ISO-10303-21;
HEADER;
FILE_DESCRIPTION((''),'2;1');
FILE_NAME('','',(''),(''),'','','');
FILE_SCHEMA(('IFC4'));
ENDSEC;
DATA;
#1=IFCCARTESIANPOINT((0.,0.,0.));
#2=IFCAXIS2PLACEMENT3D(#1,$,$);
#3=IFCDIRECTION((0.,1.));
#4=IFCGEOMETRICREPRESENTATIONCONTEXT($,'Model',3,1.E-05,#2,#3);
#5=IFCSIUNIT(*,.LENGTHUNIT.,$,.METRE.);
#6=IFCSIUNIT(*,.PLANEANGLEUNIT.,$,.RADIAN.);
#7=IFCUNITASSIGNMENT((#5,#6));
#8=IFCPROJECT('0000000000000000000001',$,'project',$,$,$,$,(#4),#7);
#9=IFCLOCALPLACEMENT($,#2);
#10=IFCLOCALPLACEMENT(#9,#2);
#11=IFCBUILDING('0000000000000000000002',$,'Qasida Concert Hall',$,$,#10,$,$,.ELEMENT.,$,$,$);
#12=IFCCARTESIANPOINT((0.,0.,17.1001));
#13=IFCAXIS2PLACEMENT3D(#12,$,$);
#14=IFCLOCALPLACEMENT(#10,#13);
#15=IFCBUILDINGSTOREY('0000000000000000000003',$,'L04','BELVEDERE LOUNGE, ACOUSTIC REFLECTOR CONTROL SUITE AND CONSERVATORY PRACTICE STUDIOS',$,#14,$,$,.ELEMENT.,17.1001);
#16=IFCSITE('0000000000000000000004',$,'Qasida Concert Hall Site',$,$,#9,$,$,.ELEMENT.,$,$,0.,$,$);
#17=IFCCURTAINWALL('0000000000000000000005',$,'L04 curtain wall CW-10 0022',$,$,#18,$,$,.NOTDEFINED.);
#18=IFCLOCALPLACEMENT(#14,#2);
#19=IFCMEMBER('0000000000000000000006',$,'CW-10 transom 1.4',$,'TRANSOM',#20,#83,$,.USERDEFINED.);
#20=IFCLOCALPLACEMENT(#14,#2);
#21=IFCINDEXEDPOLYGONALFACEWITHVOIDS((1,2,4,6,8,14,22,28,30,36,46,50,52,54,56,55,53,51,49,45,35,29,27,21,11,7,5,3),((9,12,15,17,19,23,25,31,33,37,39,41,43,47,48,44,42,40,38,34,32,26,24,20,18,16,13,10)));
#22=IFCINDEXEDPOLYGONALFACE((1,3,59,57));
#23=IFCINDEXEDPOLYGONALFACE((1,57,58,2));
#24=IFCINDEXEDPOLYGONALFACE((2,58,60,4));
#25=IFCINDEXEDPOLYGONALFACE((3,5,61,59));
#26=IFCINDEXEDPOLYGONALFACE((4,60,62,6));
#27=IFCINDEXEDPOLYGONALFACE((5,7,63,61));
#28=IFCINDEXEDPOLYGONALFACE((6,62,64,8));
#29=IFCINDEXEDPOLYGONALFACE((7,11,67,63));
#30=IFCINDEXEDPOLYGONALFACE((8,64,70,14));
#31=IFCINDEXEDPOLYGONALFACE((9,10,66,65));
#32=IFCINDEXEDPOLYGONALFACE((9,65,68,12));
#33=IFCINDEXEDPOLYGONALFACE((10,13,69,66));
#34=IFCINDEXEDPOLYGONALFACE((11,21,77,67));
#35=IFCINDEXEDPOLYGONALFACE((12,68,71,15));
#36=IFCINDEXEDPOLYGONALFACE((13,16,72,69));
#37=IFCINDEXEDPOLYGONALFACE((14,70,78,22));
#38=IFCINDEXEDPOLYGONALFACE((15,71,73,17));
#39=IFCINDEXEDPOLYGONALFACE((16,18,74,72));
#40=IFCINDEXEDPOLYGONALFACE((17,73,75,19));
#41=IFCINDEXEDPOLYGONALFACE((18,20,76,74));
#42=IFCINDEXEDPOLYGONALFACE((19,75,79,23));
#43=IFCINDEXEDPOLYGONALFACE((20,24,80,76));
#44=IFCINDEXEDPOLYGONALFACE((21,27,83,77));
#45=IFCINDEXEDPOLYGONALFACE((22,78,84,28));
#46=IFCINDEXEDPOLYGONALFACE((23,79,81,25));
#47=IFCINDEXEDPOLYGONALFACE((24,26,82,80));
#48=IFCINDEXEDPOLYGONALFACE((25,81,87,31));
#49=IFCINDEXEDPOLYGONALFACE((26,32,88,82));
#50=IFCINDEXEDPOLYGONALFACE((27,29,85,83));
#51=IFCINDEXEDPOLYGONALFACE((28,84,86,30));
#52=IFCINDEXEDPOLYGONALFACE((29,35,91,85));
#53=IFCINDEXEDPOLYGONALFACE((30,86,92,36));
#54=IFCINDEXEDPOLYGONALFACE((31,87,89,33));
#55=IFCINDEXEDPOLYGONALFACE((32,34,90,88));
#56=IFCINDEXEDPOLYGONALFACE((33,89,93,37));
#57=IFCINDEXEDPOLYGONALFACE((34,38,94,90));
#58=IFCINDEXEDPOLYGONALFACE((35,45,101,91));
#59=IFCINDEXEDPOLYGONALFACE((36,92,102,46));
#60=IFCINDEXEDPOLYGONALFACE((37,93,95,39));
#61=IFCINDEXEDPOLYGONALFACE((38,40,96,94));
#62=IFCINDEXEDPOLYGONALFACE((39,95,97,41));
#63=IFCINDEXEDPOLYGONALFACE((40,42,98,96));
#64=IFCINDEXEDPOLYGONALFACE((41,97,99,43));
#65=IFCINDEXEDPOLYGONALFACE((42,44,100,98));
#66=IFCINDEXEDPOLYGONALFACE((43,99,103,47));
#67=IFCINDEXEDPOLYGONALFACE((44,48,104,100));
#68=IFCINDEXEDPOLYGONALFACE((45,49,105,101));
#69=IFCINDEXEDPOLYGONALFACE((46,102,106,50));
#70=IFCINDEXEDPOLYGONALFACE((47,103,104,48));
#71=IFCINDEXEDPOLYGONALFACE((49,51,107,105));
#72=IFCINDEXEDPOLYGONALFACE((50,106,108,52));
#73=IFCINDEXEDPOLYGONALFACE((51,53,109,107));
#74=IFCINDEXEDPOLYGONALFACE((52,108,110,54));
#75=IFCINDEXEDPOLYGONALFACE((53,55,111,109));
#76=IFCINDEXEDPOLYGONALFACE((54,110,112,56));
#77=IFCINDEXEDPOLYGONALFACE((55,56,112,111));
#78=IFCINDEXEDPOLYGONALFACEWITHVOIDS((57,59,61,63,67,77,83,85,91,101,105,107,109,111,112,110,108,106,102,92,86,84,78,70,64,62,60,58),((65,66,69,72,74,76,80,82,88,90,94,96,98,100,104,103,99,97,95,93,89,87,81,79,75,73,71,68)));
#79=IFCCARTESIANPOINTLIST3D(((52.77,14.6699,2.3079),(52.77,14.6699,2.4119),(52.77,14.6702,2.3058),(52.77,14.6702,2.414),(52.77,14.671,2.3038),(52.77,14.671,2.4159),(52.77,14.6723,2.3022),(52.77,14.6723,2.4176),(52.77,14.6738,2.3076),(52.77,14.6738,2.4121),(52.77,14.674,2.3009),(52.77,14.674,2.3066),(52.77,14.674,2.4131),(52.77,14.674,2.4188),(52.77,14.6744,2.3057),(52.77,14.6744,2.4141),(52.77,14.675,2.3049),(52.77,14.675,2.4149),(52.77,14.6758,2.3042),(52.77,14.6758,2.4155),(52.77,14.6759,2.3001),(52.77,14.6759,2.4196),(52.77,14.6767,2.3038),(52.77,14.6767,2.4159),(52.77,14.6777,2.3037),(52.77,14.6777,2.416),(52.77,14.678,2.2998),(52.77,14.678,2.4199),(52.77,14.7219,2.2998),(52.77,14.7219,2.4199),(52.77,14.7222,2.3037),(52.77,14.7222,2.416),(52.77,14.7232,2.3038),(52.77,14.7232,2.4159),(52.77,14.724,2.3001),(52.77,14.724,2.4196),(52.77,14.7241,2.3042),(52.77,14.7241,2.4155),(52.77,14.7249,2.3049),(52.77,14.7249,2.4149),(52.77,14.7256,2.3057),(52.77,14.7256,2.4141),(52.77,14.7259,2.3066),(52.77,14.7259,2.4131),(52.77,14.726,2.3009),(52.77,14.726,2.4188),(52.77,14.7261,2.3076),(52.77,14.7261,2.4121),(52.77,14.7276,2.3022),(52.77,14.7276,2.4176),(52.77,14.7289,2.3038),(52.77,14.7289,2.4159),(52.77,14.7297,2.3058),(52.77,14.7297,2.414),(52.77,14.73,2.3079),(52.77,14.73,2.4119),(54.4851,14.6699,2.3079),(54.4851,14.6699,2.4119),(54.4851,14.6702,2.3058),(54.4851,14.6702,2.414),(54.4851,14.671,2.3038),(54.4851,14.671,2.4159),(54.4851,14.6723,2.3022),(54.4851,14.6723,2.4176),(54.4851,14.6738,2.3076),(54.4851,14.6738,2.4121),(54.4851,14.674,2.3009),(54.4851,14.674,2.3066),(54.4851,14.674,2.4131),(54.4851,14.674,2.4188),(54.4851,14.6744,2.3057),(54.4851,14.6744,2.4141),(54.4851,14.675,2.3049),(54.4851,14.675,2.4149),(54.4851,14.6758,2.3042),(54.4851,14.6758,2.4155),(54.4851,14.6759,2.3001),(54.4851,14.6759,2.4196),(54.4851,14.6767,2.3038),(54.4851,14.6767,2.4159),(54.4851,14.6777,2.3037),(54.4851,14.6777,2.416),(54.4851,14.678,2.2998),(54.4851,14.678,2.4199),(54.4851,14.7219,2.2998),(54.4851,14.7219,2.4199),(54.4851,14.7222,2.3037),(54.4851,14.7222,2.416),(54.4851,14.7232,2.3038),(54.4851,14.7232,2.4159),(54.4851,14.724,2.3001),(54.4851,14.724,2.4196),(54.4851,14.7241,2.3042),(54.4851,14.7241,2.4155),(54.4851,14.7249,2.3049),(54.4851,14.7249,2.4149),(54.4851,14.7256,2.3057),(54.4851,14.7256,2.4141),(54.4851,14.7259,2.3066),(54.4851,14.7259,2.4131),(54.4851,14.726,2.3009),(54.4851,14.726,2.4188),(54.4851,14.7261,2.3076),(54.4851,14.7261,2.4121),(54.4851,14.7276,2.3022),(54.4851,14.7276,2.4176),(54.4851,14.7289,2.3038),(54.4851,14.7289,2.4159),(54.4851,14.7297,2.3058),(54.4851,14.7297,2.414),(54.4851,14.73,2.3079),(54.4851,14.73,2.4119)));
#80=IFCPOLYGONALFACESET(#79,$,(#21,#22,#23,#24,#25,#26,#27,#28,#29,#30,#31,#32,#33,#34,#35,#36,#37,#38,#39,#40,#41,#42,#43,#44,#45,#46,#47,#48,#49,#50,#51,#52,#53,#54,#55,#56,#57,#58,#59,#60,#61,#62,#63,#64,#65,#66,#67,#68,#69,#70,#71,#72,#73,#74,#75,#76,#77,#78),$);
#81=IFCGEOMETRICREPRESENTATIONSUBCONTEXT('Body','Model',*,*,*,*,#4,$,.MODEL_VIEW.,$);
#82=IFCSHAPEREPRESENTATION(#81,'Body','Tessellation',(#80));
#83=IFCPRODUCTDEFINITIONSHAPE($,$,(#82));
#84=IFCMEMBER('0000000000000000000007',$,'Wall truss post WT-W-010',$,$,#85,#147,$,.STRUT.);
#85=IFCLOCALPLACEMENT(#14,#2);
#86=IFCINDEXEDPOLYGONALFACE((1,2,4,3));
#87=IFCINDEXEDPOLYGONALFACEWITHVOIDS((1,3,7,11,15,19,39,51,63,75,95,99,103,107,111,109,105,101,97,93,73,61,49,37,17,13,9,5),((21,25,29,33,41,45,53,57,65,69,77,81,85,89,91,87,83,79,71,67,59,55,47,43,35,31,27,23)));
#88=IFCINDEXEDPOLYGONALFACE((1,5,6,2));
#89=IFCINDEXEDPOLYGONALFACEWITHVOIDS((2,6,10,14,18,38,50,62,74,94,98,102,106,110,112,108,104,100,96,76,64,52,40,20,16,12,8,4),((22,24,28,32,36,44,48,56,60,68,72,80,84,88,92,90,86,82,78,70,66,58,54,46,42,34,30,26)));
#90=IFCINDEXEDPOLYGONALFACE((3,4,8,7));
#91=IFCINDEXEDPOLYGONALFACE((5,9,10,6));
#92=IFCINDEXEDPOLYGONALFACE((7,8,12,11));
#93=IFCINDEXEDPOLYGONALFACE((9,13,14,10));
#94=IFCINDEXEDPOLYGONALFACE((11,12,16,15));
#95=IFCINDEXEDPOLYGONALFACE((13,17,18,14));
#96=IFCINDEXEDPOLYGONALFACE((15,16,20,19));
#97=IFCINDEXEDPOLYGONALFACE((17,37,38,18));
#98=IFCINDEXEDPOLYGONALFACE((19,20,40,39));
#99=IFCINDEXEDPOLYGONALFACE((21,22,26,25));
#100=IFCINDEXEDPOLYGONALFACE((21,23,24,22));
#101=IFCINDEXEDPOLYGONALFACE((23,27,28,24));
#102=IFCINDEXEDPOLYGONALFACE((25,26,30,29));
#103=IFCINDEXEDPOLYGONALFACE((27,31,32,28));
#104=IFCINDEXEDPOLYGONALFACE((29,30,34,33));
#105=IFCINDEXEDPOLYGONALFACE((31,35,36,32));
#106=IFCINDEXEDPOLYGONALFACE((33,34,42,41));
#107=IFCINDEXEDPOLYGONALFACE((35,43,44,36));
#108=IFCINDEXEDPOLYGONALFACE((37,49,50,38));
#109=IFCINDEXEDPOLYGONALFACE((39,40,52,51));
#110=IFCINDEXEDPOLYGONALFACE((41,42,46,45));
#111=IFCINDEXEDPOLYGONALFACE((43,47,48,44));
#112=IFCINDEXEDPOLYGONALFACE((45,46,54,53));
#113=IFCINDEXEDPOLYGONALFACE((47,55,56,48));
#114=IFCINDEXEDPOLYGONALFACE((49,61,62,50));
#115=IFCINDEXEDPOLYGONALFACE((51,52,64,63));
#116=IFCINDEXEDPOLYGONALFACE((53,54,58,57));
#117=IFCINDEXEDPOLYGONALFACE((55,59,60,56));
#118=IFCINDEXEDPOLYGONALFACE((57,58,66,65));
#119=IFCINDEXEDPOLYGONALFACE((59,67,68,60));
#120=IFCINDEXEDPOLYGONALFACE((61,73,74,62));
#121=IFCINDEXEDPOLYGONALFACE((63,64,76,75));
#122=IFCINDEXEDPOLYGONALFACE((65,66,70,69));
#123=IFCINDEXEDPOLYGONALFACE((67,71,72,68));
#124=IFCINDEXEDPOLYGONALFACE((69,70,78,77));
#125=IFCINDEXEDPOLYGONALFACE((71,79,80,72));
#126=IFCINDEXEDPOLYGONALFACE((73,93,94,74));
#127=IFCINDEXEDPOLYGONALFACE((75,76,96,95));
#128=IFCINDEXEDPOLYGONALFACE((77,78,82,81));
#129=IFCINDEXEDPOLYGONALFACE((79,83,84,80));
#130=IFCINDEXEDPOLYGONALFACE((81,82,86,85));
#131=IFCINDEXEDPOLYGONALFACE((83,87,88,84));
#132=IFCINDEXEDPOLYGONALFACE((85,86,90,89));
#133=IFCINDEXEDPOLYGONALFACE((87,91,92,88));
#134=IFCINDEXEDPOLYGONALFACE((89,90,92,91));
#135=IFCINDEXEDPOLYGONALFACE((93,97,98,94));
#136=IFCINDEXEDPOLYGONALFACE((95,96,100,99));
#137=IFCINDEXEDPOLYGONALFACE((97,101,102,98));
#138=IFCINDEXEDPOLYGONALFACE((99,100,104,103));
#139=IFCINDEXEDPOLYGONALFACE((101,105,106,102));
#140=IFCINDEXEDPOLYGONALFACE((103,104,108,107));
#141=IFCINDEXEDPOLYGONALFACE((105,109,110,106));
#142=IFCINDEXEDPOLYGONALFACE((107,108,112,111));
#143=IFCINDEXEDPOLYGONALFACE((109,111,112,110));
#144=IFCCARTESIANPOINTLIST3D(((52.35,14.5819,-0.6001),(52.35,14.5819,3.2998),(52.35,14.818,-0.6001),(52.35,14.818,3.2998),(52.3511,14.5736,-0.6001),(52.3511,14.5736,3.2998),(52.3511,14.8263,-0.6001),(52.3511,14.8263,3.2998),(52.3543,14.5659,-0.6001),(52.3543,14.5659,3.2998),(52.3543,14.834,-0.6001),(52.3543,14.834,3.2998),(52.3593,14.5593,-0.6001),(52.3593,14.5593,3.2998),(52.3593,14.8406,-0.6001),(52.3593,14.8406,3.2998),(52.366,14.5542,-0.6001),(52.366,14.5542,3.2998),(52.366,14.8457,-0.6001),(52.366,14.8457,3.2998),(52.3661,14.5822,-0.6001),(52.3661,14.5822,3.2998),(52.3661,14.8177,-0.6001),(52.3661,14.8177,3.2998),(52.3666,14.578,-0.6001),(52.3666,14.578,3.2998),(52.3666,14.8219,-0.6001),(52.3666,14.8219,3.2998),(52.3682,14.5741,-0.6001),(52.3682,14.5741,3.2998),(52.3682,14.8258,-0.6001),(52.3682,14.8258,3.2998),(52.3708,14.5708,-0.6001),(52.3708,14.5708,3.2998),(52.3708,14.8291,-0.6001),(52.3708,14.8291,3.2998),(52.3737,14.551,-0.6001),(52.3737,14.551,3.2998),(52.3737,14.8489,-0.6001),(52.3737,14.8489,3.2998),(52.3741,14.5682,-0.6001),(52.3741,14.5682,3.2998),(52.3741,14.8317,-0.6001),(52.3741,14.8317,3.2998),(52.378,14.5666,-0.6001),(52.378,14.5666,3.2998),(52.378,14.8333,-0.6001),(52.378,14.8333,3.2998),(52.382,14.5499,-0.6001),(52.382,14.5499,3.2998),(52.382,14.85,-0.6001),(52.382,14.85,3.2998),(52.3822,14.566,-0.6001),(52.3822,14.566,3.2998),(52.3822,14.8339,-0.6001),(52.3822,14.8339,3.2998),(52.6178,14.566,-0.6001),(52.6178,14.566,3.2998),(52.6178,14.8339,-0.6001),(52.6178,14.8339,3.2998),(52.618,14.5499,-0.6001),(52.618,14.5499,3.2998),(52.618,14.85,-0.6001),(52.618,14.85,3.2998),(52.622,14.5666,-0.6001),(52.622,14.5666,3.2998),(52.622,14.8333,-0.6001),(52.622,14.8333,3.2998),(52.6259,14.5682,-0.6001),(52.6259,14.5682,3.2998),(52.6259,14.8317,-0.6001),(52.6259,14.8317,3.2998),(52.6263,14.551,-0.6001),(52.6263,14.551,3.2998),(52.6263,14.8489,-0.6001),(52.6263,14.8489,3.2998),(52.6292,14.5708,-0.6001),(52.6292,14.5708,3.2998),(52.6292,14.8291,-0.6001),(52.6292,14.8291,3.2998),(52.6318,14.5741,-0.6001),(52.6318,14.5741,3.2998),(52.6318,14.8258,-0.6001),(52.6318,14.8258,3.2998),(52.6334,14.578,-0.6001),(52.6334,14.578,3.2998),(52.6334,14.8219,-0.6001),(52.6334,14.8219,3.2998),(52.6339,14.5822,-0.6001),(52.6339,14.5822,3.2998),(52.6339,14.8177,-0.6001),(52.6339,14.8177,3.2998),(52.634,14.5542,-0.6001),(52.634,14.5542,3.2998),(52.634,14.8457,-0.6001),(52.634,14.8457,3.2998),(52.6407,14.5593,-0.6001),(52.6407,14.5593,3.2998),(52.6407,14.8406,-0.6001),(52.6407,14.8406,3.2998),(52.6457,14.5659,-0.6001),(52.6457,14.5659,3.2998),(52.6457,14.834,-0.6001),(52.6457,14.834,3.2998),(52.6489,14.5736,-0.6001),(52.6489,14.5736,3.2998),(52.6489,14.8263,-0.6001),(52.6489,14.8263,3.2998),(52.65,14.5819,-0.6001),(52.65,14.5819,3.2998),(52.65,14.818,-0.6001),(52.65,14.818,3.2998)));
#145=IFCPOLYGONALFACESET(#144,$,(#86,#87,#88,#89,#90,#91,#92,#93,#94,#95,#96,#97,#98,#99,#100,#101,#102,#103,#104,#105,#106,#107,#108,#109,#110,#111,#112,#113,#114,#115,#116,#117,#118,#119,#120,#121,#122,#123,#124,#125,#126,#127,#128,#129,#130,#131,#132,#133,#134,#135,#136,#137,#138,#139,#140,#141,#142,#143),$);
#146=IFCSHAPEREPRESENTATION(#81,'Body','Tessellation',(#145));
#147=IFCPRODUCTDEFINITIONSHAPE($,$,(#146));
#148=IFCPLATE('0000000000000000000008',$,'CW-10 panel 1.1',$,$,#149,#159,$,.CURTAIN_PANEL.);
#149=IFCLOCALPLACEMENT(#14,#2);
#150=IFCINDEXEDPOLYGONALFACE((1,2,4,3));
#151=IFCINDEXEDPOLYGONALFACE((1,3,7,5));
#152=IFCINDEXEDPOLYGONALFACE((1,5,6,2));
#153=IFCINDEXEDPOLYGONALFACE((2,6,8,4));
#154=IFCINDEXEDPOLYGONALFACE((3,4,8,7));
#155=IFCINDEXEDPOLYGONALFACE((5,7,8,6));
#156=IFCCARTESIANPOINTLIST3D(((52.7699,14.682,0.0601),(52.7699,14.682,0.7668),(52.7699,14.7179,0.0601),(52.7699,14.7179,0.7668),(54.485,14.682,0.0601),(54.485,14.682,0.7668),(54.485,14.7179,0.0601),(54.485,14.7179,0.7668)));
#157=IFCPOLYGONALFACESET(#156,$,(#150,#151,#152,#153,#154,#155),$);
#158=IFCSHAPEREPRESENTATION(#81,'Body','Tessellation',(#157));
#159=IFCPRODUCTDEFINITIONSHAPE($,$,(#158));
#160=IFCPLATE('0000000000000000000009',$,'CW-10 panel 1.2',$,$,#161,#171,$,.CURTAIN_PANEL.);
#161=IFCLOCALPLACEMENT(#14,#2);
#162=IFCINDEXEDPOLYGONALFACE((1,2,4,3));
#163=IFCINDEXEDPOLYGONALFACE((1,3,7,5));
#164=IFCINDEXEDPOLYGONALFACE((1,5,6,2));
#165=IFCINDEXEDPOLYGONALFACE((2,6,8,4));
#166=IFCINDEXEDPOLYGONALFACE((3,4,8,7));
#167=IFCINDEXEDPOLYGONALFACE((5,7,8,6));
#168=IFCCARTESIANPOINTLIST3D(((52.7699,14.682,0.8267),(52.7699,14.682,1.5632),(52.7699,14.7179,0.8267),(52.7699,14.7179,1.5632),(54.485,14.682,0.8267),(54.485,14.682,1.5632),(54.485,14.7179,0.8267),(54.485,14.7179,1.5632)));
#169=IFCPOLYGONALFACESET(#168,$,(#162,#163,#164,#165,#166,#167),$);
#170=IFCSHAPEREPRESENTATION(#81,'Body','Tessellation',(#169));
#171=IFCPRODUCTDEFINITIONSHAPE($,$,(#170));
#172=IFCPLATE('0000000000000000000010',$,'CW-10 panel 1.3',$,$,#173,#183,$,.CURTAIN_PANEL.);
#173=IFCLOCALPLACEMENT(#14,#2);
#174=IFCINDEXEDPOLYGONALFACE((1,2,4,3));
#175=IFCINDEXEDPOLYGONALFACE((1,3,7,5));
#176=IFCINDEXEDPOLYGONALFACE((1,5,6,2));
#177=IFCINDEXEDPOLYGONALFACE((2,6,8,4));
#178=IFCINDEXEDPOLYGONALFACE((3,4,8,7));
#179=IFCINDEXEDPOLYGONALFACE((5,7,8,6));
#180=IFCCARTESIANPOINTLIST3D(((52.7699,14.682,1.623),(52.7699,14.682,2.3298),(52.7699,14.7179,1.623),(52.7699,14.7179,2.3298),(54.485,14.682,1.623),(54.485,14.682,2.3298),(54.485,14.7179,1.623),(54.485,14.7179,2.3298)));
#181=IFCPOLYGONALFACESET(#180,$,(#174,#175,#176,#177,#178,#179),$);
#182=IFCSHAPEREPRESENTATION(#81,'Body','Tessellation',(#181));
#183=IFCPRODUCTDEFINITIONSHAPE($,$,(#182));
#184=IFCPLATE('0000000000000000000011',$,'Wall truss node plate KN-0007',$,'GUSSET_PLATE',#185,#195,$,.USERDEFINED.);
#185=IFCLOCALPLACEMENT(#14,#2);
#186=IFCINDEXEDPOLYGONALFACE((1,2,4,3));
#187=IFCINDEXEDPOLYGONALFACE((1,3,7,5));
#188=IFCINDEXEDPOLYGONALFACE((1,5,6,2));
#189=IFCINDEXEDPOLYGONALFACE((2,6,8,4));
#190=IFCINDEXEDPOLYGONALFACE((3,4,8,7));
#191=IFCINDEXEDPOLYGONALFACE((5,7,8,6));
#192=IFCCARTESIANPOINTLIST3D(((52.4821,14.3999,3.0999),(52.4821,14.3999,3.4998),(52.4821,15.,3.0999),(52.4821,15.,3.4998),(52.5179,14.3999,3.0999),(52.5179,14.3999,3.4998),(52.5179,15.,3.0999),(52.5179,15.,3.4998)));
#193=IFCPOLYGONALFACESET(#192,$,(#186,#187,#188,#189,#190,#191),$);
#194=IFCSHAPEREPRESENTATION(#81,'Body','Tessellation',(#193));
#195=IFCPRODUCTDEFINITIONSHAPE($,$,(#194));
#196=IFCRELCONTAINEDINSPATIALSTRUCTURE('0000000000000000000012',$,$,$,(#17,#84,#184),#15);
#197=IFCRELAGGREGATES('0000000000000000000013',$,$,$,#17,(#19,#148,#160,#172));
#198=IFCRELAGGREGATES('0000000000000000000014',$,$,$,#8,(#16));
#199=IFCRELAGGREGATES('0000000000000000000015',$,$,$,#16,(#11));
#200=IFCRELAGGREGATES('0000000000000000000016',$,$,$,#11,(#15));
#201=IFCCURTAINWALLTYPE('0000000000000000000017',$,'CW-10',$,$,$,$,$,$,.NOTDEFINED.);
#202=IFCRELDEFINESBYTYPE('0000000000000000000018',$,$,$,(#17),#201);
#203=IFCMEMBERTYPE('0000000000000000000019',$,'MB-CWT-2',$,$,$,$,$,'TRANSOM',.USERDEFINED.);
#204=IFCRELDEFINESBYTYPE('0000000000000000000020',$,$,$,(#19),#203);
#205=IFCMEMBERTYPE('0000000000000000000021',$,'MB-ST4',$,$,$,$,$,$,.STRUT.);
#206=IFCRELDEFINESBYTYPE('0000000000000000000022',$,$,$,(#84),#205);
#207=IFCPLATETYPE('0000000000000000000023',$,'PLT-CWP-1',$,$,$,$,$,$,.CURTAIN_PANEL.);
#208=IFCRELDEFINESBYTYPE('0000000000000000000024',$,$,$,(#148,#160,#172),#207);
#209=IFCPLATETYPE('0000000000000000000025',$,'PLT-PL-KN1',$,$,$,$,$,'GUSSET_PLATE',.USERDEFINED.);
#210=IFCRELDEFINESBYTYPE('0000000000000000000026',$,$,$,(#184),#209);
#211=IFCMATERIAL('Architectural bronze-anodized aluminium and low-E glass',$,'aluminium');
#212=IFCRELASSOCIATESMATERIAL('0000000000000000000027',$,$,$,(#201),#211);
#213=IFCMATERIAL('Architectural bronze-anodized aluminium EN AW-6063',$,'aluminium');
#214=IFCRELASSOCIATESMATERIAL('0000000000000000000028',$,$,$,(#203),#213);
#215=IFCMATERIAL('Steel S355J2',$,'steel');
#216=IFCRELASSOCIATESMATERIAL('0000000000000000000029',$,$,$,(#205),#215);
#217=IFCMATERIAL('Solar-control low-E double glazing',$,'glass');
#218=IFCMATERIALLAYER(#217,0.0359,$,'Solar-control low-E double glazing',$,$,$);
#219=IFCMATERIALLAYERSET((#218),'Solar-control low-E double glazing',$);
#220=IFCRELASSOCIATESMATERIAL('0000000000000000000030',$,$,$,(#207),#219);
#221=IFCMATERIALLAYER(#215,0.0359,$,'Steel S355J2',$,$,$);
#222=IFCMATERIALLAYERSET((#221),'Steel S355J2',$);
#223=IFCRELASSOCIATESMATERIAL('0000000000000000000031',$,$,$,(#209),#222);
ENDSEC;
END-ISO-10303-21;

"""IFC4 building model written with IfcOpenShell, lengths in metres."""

from ifc_helpers import new_model, si_unit, direction, frame, origin, origin_2d, place, context, subcontext, project, spatial, rectangle, hollow_rectangle, extrude, material, layer, layer_set, material_profile, profile_set, type_object, element, aggregate, save


model = new_model("IFC4")

# Units and contexts
model_context = context("Model", 3, precision=1e-05, world=origin(), true_north=direction((0.0, 1.0)))
body_context = subcontext(model_context, "Body", "Model", "MODEL_VIEW")
ifc_project = project(units=[si_unit("LENGTHUNIT", "METRE"), si_unit("PLANEANGLEUNIT", "RADIAN")], contexts=[model_context])

# Site, building, storey
site_placement = place(None, origin())
site = spatial("IfcSite", under=ifc_project, at=site_placement, Name="Qasida Concert Hall Site", CompositionType="ELEMENT", RefElevation=0.0)
building_placement = place(site_placement, origin())
building = spatial("IfcBuilding", under=site, at=building_placement, Name="Qasida Concert Hall", CompositionType="ELEMENT")
storey_placement = place(building_placement, frame((0.0, 0.0, 17.1001)))
storey = spatial("IfcBuildingStorey", under=building, at=storey_placement, Name="L04", Description="BELVEDERE LOUNGE, ACOUSTIC REFLECTOR CONTROL SUITE AND CONSERVATORY PRACTICE STUDIOS", CompositionType="ELEMENT", Elevation=17.1001)

# Shared definitions
ifc_material_1 = material(Name="Steel S355J2", Category="steel")

# Curtain wall, member
ifc_material_2 = material(Name="Architectural bronze-anodized aluminium and low-E glass", Category="aluminium")
curtain_wall_type = type_object("IfcCurtainWallType", Name="CW-10", PredefinedType="NOTDEFINED", material=ifc_material_2)
curtain_wall_placement = place(storey_placement, origin())
curtain_wall = element("IfcCurtainWall", 1, at=curtain_wall_placement, inside=storey, type_object=curtain_wall_type, Name="L04 curtain wall CW-10 0022", PredefinedType="NOTDEFINED")
ifc_material_3 = material(Name="Architectural bronze-anodized aluminium EN AW-6063", Category="aluminium")
ifc_material_profile_1 = material_profile(ifc_material_3, hollow_rectangle(XDim=0.0601, YDim=0.1201, WallThickness=0.0039, InnerFilletRadius=0.0039, OuterFilletRadius=0.0081, at=origin_2d()), Name="CWT 120x60x4")
ifc_profile_set_1 = profile_set([ifc_material_profile_1], Name="Architectural bronze-anodized aluminium EN AW-6063")
member_type_1 = type_object("IfcMemberType", Name="MB-CWT-2", ElementType="TRANSOM", PredefinedType="USERDEFINED", material=ifc_profile_set_1)
member_1_placement = place(storey_placement, frame((52.77, 14.7, 2.3599), z_axis=(1.0, 0.0, 0.0), x_axis=(0.0, 1.0, 0.0)))
member_1 = element("IfcMember", 2, at=member_1_placement, type_object=member_type_1, Name="CW-10 transom 1.4", ObjectType="TRANSOM", PredefinedType="USERDEFINED", context=body_context, shape_type="SweptSolid", body=[
    extrude(hollow_rectangle(XDim=0.0601, YDim=0.1201, WallThickness=0.0039, InnerFilletRadius=0.0039, OuterFilletRadius=0.0081, at=origin_2d()), origin(), (0.0, 0.0, 1.0), 1.7151),
])

# Member
ifc_material_profile_2 = material_profile(ifc_material_1, hollow_rectangle(XDim=0.3, YDim=0.3, WallThickness=0.0161, InnerFilletRadius=0.0161, OuterFilletRadius=0.032, at=origin_2d()), Name="SHS 300x300x16")
ifc_profile_set_2 = profile_set([ifc_material_profile_2], Name="Steel S355J2")
member_type_2 = type_object("IfcMemberType", Name="MB-ST4", PredefinedType="STRUT", material=ifc_profile_set_2)
member_2_placement = place(storey_placement, frame((52.5, 14.7, -0.6001), z_axis=(0.0, 0.0, 1.0), x_axis=(1.0, 0.0, 0.0)))
element("IfcMember", 3, at=member_2_placement, inside=storey, type_object=member_type_2, Name="Wall truss post WT-W-010", PredefinedType="STRUT", context=body_context, shape_type="SweptSolid", body=[
    extrude(hollow_rectangle(XDim=0.3, YDim=0.3, WallThickness=0.0161, InnerFilletRadius=0.0161, OuterFilletRadius=0.032, at=origin_2d()), origin(), (0.0, 0.0, 1.0), 3.8999),
])

# Plates
ifc_material_4 = material(Name="Solar-control low-E double glazing", Category="glass")
ifc_layer_1 = layer(ifc_material_4, 0.0359, Name="Solar-control low-E double glazing")
ifc_layer_set_1 = layer_set([ifc_layer_1], Name="Solar-control low-E double glazing")
plate_type_1 = type_object("IfcPlateType", Name="PLT-CWP-1", PredefinedType="CURTAIN_PANEL", material=ifc_layer_set_1)
plate_1_placement = place(storey_placement, frame((53.6274, 14.7, 0.0601), z_axis=(0.0, 0.0, 1.0), x_axis=(1.0, 0.0, 0.0)))
plate_1 = element("IfcPlate", 4, at=plate_1_placement, type_object=plate_type_1, Name="CW-10 panel 1.1", PredefinedType="CURTAIN_PANEL", context=body_context, shape_type="SweptSolid", body=[
    extrude(rectangle(XDim=1.7151, YDim=0.0359, at=origin_2d()), origin(), (0.0, 0.0, 1.0), 0.7068),
])
plate_2_placement = place(storey_placement, frame((53.6274, 14.7, 0.8267), z_axis=(0.0, 0.0, 1.0), x_axis=(1.0, 0.0, 0.0)))
plate_2 = element("IfcPlate", 5, at=plate_2_placement, type_object=plate_type_1, Name="CW-10 panel 1.2", PredefinedType="CURTAIN_PANEL", context=body_context, shape_type="SweptSolid", body=[
    extrude(rectangle(XDim=1.7151, YDim=0.0359, at=origin_2d()), origin(), (0.0, 0.0, 1.0), 0.7366),
])
plate_3_placement = place(storey_placement, frame((53.6274, 14.7, 1.623), z_axis=(0.0, 0.0, 1.0), x_axis=(1.0, 0.0, 0.0)))
plate_3 = element("IfcPlate", 6, at=plate_3_placement, type_object=plate_type_1, Name="CW-10 panel 1.3", PredefinedType="CURTAIN_PANEL", context=body_context, shape_type="SweptSolid", body=[
    extrude(rectangle(XDim=1.7151, YDim=0.0359, at=origin_2d()), origin(), (0.0, 0.0, 1.0), 0.7068),
])
aggregate(curtain_wall, [member_1, plate_1, plate_2, plate_3])
ifc_layer_2 = layer(ifc_material_1, 0.0359, Name="Steel S355J2")
ifc_layer_set_2 = layer_set([ifc_layer_2], Name="Steel S355J2")
plate_type_2 = type_object("IfcPlateType", Name="PLT-PL-KN1", ElementType="GUSSET_PLATE", PredefinedType="USERDEFINED", material=ifc_layer_set_2)
plate_4_placement = place(storey_placement, frame((52.5, 14.7, 3.0999), z_axis=(0.0, 0.0, 1.0), x_axis=(1.0, 0.0, 0.0)))
element("IfcPlate", 7, at=plate_4_placement, inside=storey, type_object=plate_type_2, Name="Wall truss node plate KN-0007", ObjectType="GUSSET_PLATE", PredefinedType="USERDEFINED", context=body_context, shape_type="SweptSolid", body=[
    extrude(rectangle(XDim=0.0359, YDim=0.6001, at=origin_2d()), origin(), (0.0, 0.0, 1.0), 0.3999),
])

save(model, "model.ifc")
